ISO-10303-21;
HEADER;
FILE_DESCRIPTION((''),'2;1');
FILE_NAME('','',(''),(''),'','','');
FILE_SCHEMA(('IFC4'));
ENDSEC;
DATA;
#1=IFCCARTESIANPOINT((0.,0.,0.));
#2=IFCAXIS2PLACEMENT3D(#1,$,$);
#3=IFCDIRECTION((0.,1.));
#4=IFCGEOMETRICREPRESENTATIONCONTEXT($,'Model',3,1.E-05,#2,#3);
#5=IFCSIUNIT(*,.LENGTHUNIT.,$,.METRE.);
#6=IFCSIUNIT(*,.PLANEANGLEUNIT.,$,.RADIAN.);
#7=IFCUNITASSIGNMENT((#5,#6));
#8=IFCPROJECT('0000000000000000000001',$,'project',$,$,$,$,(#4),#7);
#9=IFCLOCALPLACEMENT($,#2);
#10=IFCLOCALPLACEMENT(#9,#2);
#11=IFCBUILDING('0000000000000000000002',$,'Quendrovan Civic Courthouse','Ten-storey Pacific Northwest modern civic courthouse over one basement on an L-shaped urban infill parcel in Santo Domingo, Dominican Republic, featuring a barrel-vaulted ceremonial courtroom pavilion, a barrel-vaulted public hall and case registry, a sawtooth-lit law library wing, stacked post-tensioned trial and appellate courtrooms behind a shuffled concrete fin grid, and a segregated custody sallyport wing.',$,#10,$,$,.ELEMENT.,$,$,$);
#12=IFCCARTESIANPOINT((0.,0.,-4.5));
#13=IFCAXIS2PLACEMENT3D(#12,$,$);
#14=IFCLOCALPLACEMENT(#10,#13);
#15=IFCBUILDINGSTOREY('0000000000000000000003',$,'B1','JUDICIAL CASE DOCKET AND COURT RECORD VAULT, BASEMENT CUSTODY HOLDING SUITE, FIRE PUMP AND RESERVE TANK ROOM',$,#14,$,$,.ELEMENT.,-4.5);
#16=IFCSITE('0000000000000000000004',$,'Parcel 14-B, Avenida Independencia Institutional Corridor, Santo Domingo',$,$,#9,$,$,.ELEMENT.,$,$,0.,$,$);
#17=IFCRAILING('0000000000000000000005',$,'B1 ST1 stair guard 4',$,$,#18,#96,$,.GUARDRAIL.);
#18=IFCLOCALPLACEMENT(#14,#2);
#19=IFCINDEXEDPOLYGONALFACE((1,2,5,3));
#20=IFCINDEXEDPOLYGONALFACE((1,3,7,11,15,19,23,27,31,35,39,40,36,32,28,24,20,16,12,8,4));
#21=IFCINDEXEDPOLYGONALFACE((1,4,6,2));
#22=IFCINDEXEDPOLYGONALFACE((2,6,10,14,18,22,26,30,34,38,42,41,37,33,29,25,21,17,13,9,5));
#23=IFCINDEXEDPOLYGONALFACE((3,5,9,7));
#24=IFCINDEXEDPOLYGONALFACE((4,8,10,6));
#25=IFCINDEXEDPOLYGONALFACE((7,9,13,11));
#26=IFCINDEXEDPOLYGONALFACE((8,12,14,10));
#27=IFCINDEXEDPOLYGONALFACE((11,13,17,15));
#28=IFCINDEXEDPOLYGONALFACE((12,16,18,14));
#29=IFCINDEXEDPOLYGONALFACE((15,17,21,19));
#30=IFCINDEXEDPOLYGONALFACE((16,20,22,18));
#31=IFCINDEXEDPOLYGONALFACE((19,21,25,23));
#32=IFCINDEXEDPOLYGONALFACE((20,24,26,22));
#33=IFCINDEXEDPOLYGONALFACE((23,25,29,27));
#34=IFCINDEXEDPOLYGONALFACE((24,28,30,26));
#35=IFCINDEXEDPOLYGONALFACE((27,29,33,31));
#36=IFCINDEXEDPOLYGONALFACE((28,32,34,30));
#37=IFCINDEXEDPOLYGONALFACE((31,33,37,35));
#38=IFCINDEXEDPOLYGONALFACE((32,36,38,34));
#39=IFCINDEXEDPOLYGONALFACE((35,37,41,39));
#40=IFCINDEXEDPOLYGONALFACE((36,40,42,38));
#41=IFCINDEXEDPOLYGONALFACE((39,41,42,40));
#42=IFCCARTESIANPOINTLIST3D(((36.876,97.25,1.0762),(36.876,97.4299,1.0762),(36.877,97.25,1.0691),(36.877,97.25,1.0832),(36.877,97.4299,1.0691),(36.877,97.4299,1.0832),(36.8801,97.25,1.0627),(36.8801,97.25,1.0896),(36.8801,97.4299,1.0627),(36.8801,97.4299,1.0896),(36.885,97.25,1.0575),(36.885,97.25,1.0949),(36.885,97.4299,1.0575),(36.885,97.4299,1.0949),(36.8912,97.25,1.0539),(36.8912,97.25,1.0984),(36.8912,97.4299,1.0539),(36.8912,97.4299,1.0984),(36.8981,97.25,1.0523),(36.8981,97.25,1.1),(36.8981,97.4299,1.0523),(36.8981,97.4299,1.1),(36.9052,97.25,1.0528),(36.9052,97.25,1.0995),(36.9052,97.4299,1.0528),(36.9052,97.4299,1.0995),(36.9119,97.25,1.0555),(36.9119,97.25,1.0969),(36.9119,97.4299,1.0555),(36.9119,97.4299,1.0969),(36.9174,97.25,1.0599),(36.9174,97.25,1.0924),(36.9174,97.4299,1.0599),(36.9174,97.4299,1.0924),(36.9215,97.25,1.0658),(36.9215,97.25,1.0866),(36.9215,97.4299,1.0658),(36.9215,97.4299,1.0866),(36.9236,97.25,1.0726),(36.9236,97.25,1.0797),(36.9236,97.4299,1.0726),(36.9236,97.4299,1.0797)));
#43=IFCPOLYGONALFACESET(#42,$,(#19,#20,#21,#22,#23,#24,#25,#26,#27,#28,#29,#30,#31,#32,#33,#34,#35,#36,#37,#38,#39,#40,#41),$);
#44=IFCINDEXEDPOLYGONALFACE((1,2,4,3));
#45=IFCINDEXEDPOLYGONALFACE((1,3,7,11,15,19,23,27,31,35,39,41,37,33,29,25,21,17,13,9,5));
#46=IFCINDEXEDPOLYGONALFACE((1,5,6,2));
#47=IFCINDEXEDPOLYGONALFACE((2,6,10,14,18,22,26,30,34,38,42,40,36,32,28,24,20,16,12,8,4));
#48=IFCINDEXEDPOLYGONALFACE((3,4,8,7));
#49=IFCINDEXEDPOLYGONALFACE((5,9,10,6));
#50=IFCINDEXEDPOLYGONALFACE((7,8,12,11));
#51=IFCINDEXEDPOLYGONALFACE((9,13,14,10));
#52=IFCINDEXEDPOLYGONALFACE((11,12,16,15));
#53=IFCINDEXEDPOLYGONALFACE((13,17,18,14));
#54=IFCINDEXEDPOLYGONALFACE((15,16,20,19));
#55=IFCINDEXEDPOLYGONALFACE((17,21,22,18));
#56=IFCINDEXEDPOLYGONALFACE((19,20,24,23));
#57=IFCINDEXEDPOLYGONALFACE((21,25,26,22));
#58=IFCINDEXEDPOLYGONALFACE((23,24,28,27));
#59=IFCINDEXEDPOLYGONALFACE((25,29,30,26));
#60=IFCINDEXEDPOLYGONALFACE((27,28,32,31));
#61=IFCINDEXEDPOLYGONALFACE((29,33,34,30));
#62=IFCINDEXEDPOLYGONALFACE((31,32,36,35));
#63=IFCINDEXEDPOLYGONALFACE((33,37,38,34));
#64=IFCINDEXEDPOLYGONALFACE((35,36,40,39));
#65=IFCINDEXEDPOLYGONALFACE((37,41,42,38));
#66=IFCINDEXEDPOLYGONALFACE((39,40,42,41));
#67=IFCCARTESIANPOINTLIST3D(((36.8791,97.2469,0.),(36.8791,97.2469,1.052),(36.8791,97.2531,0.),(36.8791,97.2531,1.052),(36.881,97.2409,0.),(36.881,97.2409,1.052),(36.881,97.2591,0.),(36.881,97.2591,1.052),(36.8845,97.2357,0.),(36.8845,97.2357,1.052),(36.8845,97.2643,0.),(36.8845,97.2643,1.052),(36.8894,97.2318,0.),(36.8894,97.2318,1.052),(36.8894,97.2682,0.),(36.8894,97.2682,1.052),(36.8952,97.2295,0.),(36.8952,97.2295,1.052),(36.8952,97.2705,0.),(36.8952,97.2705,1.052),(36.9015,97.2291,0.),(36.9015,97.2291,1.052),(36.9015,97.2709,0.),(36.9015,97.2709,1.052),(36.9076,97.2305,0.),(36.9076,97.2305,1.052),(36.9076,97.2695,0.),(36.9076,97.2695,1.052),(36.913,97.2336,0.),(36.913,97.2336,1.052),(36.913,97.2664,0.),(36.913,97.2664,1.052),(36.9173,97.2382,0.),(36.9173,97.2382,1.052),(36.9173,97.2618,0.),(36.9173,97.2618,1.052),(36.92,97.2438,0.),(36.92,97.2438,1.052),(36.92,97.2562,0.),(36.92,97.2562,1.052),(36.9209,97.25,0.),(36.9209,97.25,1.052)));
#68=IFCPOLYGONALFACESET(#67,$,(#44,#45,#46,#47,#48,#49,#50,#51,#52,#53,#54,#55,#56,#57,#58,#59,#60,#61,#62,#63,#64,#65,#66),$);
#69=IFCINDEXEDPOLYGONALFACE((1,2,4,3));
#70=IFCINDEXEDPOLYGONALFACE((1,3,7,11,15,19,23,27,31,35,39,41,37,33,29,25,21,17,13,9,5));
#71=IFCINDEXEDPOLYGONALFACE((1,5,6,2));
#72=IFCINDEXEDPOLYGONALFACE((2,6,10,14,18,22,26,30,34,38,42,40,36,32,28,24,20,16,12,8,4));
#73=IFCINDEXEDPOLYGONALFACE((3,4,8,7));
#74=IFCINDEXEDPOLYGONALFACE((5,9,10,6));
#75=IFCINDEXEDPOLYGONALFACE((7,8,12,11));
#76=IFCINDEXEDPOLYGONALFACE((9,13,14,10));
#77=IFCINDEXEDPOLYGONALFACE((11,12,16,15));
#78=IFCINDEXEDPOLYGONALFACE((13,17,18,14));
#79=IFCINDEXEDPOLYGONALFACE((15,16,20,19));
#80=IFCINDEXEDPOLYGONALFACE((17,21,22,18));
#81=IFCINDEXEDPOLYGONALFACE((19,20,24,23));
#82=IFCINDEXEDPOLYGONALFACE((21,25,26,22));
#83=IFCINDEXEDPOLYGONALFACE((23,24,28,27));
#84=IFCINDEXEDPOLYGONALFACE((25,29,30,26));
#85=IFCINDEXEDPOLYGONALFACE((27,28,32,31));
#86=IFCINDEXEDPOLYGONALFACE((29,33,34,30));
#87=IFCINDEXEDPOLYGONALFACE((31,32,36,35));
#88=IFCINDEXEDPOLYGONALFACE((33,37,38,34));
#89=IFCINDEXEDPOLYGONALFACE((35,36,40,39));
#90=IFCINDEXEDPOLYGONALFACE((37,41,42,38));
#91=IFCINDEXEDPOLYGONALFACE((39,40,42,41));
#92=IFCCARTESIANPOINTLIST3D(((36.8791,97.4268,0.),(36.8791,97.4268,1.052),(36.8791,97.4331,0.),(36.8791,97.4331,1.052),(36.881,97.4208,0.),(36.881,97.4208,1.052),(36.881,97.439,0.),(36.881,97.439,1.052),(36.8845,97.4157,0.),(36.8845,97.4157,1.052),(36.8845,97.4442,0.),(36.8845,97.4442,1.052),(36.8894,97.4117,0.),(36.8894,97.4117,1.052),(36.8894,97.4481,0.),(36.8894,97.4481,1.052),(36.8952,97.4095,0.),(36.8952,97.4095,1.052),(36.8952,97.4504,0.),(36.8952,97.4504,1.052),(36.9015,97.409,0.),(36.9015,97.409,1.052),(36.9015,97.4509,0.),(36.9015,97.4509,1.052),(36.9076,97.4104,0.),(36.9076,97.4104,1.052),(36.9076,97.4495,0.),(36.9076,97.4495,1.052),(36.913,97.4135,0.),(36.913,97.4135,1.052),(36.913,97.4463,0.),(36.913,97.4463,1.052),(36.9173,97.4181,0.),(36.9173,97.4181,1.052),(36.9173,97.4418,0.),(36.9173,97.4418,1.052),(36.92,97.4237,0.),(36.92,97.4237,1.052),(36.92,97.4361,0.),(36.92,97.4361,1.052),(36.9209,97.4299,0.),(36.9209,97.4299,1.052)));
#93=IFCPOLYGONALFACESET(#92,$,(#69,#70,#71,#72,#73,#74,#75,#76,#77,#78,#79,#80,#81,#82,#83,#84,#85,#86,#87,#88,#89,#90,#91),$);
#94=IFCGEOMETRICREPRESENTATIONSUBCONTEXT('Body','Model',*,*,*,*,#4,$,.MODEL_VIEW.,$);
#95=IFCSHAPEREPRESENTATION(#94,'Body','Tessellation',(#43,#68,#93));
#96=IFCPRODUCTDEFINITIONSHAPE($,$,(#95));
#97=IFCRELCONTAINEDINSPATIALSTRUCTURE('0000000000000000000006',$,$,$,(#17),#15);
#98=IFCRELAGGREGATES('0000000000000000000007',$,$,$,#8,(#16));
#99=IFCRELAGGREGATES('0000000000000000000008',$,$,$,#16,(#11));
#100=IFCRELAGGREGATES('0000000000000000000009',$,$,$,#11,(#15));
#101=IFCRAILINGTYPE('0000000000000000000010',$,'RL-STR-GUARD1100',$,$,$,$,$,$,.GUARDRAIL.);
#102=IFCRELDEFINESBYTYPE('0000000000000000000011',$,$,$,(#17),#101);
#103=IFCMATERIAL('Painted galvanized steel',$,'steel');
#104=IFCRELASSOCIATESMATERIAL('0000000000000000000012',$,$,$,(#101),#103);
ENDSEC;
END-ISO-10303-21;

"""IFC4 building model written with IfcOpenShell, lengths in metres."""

from ifc_helpers import new_model, si_unit, direction, frame, origin, origin_2d, place, context, subcontext, project, spatial, circle, extrude, material, type_object, element, save


model = new_model("IFC4")

# Units and contexts
model_context = context("Model", 3, precision=1e-05, world=origin(), true_north=direction((0.0, 1.0)))
body_context = subcontext(model_context, "Body", "Model", "MODEL_VIEW")
ifc_project = project(units=[si_unit("LENGTHUNIT", "METRE"), si_unit("PLANEANGLEUNIT", "RADIAN")], contexts=[model_context])

# Site, building, storey
site_placement = place(None, origin())
site = spatial("IfcSite", under=ifc_project, at=site_placement, Name="Parcel 14-B, Avenida Independencia Institutional Corridor, Santo Domingo", CompositionType="ELEMENT", RefElevation=0.0)
building_placement = place(site_placement, origin())
building = spatial("IfcBuilding", under=site, at=building_placement, Name="Quendrovan Civic Courthouse", Description="Ten-storey Pacific Northwest modern civic courthouse over one basement on an L-shaped urban infill parcel in Santo Domingo, Dominican Republic, featuring a barrel-vaulted ceremonial courtroom pavilion, a barrel-vaulted public hall and case registry, a sawtooth-lit law library wing, stacked post-tensioned trial and appellate courtrooms behind a shuffled concrete fin grid, and a segregated custody sallyport wing.", CompositionType="ELEMENT")
storey_placement = place(building_placement, frame((0.0, 0.0, -4.5)))
storey = spatial("IfcBuildingStorey", under=building, at=storey_placement, Name="B1", Description="JUDICIAL CASE DOCKET AND COURT RECORD VAULT, BASEMENT CUSTODY HOLDING SUITE, FIRE PUMP AND RESERVE TANK ROOM", CompositionType="ELEMENT", Elevation=-4.5)

# Railing
ifc_material_1 = material(Name="Painted galvanized steel", Category="steel")
railing_type_1 = type_object("IfcRailingType", Name="RL-STR-GUARD1100", PredefinedType="GUARDRAIL", material=ifc_material_1)
railing_1_placement = place(storey_placement, frame((36.8999, 97.25, 0.0)))
element("IfcRailing", 1, at=railing_1_placement, inside=storey, type_object=railing_type_1, Name="B1 ST1 stair guard 4", PredefinedType="GUARDRAIL", context=body_context, shape_type="SweptSolid", body=[
    extrude(circle(Radius=0.0239, at=origin_2d()), frame((0.0, 0.0, 1.0762), z_axis=(0.0, 1.0, 0.0), x_axis=(-1.0, 0.0, 0.0)), (0.0, 0.0, 1.0), 0.1799),
    extrude(circle(Radius=0.021, at=origin_2d()), origin(), (0.0, 0.0, 1.0), 1.052),
    extrude(circle(Radius=0.021, at=origin_2d()), frame((0.0, 0.1799, 0.0)), (0.0, 0.0, 1.0), 1.052),
])

save(model, "model.ifc")
